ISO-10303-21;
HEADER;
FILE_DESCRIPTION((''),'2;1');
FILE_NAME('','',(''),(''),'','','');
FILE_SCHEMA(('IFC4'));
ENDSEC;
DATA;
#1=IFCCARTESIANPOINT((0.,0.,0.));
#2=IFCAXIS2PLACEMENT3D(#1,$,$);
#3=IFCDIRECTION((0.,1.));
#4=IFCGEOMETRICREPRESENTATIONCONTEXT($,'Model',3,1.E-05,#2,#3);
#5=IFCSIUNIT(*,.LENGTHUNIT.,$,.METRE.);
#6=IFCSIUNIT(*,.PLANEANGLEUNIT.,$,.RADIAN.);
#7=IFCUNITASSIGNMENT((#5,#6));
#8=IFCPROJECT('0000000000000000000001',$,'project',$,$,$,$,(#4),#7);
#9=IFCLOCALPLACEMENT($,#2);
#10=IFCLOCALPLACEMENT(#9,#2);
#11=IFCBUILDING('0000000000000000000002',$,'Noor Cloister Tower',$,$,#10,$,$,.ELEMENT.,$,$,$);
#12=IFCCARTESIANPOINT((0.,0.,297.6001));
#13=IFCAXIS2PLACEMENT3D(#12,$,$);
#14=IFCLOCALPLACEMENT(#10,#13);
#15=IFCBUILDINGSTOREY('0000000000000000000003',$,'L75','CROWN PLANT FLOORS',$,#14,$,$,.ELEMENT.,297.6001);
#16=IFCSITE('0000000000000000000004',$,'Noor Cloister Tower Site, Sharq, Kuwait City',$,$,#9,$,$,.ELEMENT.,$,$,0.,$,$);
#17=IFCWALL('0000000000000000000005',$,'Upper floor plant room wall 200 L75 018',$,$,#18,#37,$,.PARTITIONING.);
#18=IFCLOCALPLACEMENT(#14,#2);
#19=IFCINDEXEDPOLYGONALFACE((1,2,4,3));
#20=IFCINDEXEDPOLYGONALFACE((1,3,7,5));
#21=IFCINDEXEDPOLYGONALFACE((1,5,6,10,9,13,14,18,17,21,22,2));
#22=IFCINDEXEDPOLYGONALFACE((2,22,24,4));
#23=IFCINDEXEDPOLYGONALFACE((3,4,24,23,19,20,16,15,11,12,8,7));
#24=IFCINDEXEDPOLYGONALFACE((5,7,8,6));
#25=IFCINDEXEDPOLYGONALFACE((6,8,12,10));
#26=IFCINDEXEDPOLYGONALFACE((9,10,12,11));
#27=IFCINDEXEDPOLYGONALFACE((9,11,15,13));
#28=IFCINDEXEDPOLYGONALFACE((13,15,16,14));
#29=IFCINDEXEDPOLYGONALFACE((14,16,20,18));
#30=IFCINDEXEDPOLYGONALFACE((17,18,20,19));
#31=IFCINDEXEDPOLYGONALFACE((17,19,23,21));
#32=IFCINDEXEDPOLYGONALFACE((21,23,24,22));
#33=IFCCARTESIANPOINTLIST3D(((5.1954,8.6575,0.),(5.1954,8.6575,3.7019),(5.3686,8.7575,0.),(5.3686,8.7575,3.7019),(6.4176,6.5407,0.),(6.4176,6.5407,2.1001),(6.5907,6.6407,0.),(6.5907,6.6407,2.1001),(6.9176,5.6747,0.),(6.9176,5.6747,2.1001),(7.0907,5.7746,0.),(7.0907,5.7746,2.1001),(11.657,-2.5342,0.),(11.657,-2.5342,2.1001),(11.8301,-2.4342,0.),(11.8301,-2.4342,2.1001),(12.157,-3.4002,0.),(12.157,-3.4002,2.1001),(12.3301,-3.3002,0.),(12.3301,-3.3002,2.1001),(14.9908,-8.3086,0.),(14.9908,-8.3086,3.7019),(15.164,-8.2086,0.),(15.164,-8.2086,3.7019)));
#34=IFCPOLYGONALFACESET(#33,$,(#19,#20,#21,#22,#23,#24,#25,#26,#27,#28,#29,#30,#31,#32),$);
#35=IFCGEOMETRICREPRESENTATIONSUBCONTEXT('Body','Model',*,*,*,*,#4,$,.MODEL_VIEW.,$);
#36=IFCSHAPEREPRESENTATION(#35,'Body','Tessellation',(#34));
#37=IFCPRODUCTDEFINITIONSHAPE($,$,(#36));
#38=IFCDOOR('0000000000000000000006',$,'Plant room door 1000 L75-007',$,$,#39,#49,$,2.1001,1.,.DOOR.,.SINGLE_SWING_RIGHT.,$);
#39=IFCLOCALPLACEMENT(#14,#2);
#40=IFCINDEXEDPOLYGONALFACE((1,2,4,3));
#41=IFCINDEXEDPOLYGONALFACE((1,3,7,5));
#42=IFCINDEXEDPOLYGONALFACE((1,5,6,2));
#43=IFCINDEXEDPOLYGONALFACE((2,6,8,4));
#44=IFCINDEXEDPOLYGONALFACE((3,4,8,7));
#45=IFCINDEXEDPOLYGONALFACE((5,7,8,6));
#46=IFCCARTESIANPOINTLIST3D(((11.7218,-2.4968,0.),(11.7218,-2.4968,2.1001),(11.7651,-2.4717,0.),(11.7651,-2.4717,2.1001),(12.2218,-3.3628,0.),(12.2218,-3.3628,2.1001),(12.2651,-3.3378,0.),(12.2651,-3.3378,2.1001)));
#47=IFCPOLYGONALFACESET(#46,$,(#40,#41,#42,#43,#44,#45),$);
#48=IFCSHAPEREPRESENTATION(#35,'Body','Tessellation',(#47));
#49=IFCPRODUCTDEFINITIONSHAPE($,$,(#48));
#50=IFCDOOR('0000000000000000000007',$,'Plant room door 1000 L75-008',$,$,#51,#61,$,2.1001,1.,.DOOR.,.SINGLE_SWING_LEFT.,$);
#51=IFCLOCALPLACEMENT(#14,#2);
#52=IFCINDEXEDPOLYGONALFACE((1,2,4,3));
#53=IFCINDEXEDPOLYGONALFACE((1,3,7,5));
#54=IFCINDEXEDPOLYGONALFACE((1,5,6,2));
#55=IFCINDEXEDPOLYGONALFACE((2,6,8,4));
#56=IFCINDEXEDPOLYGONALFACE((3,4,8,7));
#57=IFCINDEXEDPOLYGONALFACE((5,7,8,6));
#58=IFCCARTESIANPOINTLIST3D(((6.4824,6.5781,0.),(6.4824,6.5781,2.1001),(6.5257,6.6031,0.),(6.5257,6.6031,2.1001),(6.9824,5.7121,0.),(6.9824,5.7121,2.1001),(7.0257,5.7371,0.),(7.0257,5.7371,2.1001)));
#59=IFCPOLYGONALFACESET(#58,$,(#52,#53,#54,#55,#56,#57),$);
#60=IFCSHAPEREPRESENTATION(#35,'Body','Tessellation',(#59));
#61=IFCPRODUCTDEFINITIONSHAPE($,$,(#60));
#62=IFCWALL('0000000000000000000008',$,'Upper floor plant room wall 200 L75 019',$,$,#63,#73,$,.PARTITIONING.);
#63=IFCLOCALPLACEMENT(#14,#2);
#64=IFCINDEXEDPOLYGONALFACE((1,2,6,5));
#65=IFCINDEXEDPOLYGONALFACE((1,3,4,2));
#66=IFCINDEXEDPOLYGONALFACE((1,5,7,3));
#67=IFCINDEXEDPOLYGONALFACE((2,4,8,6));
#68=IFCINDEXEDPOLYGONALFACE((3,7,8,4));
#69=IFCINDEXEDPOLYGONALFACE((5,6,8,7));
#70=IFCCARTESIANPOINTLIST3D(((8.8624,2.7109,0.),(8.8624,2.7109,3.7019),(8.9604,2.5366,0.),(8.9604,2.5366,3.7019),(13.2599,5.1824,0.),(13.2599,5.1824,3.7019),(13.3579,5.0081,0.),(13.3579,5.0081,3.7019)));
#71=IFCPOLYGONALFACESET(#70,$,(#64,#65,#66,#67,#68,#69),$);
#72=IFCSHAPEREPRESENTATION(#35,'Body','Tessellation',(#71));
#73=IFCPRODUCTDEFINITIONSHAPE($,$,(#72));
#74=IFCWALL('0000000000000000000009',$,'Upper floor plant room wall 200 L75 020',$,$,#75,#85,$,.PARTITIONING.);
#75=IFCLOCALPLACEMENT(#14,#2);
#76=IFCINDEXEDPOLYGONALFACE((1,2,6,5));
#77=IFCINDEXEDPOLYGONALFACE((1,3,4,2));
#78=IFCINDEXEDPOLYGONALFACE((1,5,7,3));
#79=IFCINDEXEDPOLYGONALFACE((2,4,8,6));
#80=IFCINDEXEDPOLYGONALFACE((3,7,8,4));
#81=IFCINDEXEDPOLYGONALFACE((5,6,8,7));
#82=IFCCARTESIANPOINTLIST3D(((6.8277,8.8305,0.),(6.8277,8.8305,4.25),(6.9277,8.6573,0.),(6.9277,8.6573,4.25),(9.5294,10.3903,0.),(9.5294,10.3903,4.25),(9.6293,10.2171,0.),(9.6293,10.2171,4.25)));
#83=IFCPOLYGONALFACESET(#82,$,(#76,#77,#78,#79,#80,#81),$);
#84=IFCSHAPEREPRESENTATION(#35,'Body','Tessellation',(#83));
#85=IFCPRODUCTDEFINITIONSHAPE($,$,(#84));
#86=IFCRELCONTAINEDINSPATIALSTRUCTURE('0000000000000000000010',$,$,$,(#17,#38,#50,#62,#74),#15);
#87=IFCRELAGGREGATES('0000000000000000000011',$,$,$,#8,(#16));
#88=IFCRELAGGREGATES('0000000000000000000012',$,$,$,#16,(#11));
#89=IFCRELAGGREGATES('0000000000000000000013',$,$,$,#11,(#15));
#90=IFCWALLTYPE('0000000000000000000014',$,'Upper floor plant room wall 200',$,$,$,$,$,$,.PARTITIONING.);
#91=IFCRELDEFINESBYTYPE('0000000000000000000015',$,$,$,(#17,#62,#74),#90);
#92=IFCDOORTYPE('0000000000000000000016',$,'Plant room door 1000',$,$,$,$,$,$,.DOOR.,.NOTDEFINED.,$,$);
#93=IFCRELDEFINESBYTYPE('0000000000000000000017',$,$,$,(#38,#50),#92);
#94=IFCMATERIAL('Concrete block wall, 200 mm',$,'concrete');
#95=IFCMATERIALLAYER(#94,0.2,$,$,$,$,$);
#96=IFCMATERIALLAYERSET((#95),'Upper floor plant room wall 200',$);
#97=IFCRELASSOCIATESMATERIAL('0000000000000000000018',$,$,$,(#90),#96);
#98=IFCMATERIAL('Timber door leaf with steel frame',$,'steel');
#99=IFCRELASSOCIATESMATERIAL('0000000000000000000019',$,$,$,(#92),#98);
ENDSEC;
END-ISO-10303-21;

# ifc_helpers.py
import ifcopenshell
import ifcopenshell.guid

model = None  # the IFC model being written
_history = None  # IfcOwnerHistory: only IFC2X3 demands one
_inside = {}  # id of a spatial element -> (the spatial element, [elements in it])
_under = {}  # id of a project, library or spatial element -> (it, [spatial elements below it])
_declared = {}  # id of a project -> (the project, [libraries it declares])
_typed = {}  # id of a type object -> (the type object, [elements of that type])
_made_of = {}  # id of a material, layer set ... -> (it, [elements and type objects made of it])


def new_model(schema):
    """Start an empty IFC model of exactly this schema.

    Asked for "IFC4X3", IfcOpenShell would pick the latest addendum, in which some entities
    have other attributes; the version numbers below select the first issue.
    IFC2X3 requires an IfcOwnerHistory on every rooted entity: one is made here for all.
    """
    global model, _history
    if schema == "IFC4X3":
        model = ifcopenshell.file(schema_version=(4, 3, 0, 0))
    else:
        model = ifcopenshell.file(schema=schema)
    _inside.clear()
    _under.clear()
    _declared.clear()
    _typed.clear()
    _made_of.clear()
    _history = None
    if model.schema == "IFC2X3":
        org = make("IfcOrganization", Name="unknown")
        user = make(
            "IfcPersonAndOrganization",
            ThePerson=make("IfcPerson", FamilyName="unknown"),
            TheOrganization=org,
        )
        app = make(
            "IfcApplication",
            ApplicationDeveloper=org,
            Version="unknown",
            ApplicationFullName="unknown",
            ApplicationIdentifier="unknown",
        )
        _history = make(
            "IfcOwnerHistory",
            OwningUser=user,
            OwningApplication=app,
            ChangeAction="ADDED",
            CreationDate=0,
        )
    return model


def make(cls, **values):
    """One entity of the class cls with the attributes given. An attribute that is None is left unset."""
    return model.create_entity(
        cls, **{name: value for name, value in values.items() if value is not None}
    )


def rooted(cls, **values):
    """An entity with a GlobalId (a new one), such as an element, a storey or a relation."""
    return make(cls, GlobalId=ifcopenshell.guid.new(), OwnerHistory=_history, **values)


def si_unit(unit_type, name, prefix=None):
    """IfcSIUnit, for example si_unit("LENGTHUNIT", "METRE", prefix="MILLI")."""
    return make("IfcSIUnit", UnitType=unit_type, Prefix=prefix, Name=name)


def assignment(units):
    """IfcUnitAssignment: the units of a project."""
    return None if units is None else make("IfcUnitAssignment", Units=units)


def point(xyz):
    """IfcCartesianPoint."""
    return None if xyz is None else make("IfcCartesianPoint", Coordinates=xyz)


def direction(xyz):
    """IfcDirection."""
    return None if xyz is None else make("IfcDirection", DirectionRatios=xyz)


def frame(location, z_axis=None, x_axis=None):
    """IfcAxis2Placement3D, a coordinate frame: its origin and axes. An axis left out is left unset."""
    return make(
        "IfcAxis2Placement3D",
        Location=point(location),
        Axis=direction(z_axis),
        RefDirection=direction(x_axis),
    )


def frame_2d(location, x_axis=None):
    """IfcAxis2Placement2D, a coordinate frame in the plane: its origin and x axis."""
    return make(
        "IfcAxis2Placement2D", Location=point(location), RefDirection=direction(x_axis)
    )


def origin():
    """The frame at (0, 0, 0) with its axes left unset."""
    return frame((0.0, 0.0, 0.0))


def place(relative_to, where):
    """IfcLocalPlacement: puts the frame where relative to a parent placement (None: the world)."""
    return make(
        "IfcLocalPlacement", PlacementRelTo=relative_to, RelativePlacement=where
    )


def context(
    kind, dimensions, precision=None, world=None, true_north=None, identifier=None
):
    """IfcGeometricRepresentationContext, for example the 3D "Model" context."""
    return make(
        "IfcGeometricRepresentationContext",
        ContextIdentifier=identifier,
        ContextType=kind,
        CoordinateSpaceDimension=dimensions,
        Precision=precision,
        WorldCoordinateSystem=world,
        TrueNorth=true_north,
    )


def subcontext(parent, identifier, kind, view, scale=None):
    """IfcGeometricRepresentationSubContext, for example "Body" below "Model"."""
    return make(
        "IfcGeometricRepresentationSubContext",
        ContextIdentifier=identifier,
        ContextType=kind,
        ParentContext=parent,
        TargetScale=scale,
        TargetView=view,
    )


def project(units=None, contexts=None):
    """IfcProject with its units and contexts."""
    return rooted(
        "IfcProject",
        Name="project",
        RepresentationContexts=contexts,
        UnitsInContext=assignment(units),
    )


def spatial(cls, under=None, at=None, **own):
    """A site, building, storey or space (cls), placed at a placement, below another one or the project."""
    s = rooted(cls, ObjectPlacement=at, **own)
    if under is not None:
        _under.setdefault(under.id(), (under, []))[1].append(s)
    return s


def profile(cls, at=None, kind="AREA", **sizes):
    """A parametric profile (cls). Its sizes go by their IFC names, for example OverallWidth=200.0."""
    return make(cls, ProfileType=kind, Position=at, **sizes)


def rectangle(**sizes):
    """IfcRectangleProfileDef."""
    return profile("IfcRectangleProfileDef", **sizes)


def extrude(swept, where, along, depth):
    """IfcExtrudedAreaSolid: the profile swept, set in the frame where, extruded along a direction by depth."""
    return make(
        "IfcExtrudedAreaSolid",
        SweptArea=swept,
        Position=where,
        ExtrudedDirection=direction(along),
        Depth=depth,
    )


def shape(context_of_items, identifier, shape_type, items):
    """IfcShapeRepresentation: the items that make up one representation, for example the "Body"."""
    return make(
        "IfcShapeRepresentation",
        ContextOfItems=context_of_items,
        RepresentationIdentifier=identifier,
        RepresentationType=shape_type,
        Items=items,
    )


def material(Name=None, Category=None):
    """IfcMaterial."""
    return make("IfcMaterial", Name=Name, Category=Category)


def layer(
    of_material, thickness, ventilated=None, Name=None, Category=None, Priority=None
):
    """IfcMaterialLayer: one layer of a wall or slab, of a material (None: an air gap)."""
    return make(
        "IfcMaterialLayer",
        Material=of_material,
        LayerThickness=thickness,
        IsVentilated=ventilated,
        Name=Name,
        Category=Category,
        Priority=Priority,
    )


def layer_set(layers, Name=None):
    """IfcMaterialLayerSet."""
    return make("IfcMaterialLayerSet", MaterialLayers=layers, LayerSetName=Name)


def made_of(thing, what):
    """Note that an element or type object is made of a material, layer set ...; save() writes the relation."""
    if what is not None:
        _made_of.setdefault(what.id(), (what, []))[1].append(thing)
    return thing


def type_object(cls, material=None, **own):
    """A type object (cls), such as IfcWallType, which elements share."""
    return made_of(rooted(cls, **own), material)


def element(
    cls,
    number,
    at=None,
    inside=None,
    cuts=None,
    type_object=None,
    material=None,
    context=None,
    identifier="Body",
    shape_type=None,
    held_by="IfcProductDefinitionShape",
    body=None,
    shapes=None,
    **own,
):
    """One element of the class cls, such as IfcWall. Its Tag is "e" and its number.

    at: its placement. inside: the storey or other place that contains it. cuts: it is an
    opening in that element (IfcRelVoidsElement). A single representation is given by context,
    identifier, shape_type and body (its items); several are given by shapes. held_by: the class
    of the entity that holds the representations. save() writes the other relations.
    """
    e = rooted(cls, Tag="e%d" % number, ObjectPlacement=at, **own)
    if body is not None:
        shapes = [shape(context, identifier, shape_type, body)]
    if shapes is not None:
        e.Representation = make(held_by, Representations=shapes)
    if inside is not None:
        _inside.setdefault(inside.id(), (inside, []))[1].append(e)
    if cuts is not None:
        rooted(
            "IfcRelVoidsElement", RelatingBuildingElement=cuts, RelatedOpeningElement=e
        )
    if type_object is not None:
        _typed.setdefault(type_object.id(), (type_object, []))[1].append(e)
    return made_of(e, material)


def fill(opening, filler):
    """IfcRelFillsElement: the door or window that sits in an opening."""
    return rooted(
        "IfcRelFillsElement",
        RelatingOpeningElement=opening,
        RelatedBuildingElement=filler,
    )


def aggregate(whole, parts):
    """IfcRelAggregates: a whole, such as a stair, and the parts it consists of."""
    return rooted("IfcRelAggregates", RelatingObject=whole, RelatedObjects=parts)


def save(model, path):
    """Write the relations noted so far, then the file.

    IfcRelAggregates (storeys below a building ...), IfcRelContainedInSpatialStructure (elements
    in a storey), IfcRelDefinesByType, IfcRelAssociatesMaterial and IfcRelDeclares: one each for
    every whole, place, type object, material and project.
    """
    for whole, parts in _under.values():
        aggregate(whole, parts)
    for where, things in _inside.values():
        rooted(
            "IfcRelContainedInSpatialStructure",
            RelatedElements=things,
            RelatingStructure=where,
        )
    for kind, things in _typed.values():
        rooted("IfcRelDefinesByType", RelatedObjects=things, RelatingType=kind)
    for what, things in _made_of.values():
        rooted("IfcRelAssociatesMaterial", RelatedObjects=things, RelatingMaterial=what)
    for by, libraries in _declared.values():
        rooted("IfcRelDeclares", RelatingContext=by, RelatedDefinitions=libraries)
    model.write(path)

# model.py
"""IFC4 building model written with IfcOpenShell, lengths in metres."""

from ifc_helpers import new_model, si_unit, direction, frame, frame_2d, origin, place, context, subcontext, project, spatial, rectangle, extrude, material, layer, layer_set, type_object, element, fill, save


model = new_model("IFC4")

# Units and contexts
model_context = context("Model", 3, precision=1e-05, world=origin(), true_north=direction((0.0, 1.0)))
body_context = subcontext(model_context, "Body", "Model", "MODEL_VIEW")
ifc_project = project(units=[si_unit("LENGTHUNIT", "METRE"), si_unit("PLANEANGLEUNIT", "RADIAN")], contexts=[model_context])

# Site, building, storey
site_placement = place(None, origin())
site = spatial("IfcSite", under=ifc_project, at=site_placement, Name="Noor Cloister Tower Site, Sharq, Kuwait City", CompositionType="ELEMENT", RefElevation=0.0)
building_placement = place(site_placement, origin())
building = spatial("IfcBuilding", under=site, at=building_placement, Name="Noor Cloister Tower", CompositionType="ELEMENT")
storey_placement = place(building_placement, frame((0.0, 0.0, 297.6001)))
storey = spatial("IfcBuildingStorey", under=building, at=storey_placement, Name="L75", Description="CROWN PLANT FLOORS", CompositionType="ELEMENT", Elevation=297.6001)

# Shared definitions
ifc_material_1 = material(Name="Concrete block wall, 200 mm", Category="concrete")
ifc_layer_1 = layer(ifc_material_1, 0.2)
ifc_layer_set_1 = layer_set([ifc_layer_1], Name="Upper floor plant room wall 200")
wall_type_1 = type_object("IfcWallType", Name="Upper floor plant room wall 200", PredefinedType="PARTITIONING", material=ifc_layer_set_1)

# Wall, openings, doors
wall_1_placement = place(storey_placement, frame((5.282, 8.7075, 0.0), z_axis=(0.0, 0.0, 1.0), x_axis=(0.500002, -0.866024, 0.0)))
wall_1 = element("IfcWall", 1, at=wall_1_placement, inside=storey, type_object=wall_type_1, Name="Upper floor plant room wall 200 L75 018", PredefinedType="PARTITIONING", context=body_context, shape_type="SweptSolid", body=[
    extrude(rectangle(XDim=19.5908, YDim=0.2, at=frame_2d((9.7954, 0.0))), origin(), (0.0, 0.0, 1.0), 3.7019),
])
opening_1_placement = place(wall_1_placement, frame((12.9231, 0.0, 0.0)))
opening_1 = element("IfcOpeningElement", 2, at=opening_1_placement, cuts=wall_1, PredefinedType="OPENING", context=body_context, shape_type="SweptSolid", body=[
    extrude(rectangle(XDim=1.0, YDim=2.1001, at=frame_2d((0.5, 1.05))), frame((0.0, 0.1099, 0.0), z_axis=(0.0, -1.0, 0.0), x_axis=(1.0, 0.0, 0.0)), (0.0, 0.0, 1.0), 0.22),
])
opening_2_placement = place(wall_1_placement, frame((2.4443, 0.0, 0.0)))
opening_2 = element("IfcOpeningElement", 3, at=opening_2_placement, cuts=wall_1, PredefinedType="OPENING", context=body_context, shape_type="SweptSolid", body=[
    extrude(rectangle(XDim=1.0, YDim=2.1001, at=frame_2d((0.5, 1.05))), frame((0.0, 0.1099, 0.0), z_axis=(0.0, -1.0, 0.0), x_axis=(1.0, 0.0, 0.0)), (0.0, 0.0, 1.0), 0.22),
])
ifc_material_2 = material(Name="Timber door leaf with steel frame", Category="steel")
door_type_1 = type_object("IfcDoorType", Name="Plant room door 1000", OperationType="NOTDEFINED", PredefinedType="DOOR", material=ifc_material_2)
door_1_placement = place(opening_1_placement, origin())
door_1 = element("IfcDoor", 4, at=door_1_placement, inside=storey, type_object=door_type_1, Name="Plant room door 1000 L75-007", OperationType="SINGLE_SWING_RIGHT", OverallHeight=2.1001, OverallWidth=1.0, PredefinedType="DOOR", context=body_context, shape_type="SweptSolid", body=[
    extrude(rectangle(XDim=1.0, YDim=2.1001, at=frame_2d((0.5, 1.05))), frame((0.0, 0.0249, 0.0), z_axis=(0.0, -1.0, 0.0), x_axis=(1.0, 0.0, 0.0)), (0.0, 0.0, 1.0), 0.05),
])
fill(opening_1, door_1)
door_2_placement = place(opening_2_placement, origin())
door_2 = element("IfcDoor", 5, at=door_2_placement, inside=storey, type_object=door_type_1, Name="Plant room door 1000 L75-008", OperationType="SINGLE_SWING_LEFT", OverallHeight=2.1001, OverallWidth=1.0, PredefinedType="DOOR", context=body_context, shape_type="SweptSolid", body=[
    extrude(rectangle(XDim=1.0, YDim=2.1001, at=frame_2d((0.5, 1.05))), frame((0.0, 0.0249, 0.0), z_axis=(0.0, -1.0, 0.0), x_axis=(1.0, 0.0, 0.0)), (0.0, 0.0, 1.0), 0.05),
])
fill(opening_2, door_2)

# Walls
wall_2_placement = place(storey_placement, frame((8.9114, 2.6238, 0.0), z_axis=(0.0, 0.0, 1.0), x_axis=(0.871756, 0.48994, 0.0)))
element("IfcWall", 6, at=wall_2_placement, inside=storey, type_object=wall_type_1, Name="Upper floor plant room wall 200 L75 019", PredefinedType="PARTITIONING", context=body_context, shape_type="SweptSolid", body=[
    extrude(rectangle(XDim=5.0444, YDim=0.2, at=frame_2d((2.5222, 0.0))), origin(), (0.0, 0.0, 1.0), 3.7019),
])
wall_3_placement = place(storey_placement, frame((6.8777, 8.7439, 0.0), z_axis=(0.0, 0.0, 1.0), x_axis=(0.866024, 0.500002, 0.0)))
element("IfcWall", 7, at=wall_3_placement, inside=storey, type_object=wall_type_1, Name="Upper floor plant room wall 200 L75 020", PredefinedType="PARTITIONING", context=body_context, shape_type="SweptSolid", body=[
    extrude(rectangle(XDim=3.1196, YDim=0.2, at=frame_2d((1.5598, 0.0))), origin(), (0.0, 0.0, 1.0), 4.25),
])

save(model, "model.ifc")
